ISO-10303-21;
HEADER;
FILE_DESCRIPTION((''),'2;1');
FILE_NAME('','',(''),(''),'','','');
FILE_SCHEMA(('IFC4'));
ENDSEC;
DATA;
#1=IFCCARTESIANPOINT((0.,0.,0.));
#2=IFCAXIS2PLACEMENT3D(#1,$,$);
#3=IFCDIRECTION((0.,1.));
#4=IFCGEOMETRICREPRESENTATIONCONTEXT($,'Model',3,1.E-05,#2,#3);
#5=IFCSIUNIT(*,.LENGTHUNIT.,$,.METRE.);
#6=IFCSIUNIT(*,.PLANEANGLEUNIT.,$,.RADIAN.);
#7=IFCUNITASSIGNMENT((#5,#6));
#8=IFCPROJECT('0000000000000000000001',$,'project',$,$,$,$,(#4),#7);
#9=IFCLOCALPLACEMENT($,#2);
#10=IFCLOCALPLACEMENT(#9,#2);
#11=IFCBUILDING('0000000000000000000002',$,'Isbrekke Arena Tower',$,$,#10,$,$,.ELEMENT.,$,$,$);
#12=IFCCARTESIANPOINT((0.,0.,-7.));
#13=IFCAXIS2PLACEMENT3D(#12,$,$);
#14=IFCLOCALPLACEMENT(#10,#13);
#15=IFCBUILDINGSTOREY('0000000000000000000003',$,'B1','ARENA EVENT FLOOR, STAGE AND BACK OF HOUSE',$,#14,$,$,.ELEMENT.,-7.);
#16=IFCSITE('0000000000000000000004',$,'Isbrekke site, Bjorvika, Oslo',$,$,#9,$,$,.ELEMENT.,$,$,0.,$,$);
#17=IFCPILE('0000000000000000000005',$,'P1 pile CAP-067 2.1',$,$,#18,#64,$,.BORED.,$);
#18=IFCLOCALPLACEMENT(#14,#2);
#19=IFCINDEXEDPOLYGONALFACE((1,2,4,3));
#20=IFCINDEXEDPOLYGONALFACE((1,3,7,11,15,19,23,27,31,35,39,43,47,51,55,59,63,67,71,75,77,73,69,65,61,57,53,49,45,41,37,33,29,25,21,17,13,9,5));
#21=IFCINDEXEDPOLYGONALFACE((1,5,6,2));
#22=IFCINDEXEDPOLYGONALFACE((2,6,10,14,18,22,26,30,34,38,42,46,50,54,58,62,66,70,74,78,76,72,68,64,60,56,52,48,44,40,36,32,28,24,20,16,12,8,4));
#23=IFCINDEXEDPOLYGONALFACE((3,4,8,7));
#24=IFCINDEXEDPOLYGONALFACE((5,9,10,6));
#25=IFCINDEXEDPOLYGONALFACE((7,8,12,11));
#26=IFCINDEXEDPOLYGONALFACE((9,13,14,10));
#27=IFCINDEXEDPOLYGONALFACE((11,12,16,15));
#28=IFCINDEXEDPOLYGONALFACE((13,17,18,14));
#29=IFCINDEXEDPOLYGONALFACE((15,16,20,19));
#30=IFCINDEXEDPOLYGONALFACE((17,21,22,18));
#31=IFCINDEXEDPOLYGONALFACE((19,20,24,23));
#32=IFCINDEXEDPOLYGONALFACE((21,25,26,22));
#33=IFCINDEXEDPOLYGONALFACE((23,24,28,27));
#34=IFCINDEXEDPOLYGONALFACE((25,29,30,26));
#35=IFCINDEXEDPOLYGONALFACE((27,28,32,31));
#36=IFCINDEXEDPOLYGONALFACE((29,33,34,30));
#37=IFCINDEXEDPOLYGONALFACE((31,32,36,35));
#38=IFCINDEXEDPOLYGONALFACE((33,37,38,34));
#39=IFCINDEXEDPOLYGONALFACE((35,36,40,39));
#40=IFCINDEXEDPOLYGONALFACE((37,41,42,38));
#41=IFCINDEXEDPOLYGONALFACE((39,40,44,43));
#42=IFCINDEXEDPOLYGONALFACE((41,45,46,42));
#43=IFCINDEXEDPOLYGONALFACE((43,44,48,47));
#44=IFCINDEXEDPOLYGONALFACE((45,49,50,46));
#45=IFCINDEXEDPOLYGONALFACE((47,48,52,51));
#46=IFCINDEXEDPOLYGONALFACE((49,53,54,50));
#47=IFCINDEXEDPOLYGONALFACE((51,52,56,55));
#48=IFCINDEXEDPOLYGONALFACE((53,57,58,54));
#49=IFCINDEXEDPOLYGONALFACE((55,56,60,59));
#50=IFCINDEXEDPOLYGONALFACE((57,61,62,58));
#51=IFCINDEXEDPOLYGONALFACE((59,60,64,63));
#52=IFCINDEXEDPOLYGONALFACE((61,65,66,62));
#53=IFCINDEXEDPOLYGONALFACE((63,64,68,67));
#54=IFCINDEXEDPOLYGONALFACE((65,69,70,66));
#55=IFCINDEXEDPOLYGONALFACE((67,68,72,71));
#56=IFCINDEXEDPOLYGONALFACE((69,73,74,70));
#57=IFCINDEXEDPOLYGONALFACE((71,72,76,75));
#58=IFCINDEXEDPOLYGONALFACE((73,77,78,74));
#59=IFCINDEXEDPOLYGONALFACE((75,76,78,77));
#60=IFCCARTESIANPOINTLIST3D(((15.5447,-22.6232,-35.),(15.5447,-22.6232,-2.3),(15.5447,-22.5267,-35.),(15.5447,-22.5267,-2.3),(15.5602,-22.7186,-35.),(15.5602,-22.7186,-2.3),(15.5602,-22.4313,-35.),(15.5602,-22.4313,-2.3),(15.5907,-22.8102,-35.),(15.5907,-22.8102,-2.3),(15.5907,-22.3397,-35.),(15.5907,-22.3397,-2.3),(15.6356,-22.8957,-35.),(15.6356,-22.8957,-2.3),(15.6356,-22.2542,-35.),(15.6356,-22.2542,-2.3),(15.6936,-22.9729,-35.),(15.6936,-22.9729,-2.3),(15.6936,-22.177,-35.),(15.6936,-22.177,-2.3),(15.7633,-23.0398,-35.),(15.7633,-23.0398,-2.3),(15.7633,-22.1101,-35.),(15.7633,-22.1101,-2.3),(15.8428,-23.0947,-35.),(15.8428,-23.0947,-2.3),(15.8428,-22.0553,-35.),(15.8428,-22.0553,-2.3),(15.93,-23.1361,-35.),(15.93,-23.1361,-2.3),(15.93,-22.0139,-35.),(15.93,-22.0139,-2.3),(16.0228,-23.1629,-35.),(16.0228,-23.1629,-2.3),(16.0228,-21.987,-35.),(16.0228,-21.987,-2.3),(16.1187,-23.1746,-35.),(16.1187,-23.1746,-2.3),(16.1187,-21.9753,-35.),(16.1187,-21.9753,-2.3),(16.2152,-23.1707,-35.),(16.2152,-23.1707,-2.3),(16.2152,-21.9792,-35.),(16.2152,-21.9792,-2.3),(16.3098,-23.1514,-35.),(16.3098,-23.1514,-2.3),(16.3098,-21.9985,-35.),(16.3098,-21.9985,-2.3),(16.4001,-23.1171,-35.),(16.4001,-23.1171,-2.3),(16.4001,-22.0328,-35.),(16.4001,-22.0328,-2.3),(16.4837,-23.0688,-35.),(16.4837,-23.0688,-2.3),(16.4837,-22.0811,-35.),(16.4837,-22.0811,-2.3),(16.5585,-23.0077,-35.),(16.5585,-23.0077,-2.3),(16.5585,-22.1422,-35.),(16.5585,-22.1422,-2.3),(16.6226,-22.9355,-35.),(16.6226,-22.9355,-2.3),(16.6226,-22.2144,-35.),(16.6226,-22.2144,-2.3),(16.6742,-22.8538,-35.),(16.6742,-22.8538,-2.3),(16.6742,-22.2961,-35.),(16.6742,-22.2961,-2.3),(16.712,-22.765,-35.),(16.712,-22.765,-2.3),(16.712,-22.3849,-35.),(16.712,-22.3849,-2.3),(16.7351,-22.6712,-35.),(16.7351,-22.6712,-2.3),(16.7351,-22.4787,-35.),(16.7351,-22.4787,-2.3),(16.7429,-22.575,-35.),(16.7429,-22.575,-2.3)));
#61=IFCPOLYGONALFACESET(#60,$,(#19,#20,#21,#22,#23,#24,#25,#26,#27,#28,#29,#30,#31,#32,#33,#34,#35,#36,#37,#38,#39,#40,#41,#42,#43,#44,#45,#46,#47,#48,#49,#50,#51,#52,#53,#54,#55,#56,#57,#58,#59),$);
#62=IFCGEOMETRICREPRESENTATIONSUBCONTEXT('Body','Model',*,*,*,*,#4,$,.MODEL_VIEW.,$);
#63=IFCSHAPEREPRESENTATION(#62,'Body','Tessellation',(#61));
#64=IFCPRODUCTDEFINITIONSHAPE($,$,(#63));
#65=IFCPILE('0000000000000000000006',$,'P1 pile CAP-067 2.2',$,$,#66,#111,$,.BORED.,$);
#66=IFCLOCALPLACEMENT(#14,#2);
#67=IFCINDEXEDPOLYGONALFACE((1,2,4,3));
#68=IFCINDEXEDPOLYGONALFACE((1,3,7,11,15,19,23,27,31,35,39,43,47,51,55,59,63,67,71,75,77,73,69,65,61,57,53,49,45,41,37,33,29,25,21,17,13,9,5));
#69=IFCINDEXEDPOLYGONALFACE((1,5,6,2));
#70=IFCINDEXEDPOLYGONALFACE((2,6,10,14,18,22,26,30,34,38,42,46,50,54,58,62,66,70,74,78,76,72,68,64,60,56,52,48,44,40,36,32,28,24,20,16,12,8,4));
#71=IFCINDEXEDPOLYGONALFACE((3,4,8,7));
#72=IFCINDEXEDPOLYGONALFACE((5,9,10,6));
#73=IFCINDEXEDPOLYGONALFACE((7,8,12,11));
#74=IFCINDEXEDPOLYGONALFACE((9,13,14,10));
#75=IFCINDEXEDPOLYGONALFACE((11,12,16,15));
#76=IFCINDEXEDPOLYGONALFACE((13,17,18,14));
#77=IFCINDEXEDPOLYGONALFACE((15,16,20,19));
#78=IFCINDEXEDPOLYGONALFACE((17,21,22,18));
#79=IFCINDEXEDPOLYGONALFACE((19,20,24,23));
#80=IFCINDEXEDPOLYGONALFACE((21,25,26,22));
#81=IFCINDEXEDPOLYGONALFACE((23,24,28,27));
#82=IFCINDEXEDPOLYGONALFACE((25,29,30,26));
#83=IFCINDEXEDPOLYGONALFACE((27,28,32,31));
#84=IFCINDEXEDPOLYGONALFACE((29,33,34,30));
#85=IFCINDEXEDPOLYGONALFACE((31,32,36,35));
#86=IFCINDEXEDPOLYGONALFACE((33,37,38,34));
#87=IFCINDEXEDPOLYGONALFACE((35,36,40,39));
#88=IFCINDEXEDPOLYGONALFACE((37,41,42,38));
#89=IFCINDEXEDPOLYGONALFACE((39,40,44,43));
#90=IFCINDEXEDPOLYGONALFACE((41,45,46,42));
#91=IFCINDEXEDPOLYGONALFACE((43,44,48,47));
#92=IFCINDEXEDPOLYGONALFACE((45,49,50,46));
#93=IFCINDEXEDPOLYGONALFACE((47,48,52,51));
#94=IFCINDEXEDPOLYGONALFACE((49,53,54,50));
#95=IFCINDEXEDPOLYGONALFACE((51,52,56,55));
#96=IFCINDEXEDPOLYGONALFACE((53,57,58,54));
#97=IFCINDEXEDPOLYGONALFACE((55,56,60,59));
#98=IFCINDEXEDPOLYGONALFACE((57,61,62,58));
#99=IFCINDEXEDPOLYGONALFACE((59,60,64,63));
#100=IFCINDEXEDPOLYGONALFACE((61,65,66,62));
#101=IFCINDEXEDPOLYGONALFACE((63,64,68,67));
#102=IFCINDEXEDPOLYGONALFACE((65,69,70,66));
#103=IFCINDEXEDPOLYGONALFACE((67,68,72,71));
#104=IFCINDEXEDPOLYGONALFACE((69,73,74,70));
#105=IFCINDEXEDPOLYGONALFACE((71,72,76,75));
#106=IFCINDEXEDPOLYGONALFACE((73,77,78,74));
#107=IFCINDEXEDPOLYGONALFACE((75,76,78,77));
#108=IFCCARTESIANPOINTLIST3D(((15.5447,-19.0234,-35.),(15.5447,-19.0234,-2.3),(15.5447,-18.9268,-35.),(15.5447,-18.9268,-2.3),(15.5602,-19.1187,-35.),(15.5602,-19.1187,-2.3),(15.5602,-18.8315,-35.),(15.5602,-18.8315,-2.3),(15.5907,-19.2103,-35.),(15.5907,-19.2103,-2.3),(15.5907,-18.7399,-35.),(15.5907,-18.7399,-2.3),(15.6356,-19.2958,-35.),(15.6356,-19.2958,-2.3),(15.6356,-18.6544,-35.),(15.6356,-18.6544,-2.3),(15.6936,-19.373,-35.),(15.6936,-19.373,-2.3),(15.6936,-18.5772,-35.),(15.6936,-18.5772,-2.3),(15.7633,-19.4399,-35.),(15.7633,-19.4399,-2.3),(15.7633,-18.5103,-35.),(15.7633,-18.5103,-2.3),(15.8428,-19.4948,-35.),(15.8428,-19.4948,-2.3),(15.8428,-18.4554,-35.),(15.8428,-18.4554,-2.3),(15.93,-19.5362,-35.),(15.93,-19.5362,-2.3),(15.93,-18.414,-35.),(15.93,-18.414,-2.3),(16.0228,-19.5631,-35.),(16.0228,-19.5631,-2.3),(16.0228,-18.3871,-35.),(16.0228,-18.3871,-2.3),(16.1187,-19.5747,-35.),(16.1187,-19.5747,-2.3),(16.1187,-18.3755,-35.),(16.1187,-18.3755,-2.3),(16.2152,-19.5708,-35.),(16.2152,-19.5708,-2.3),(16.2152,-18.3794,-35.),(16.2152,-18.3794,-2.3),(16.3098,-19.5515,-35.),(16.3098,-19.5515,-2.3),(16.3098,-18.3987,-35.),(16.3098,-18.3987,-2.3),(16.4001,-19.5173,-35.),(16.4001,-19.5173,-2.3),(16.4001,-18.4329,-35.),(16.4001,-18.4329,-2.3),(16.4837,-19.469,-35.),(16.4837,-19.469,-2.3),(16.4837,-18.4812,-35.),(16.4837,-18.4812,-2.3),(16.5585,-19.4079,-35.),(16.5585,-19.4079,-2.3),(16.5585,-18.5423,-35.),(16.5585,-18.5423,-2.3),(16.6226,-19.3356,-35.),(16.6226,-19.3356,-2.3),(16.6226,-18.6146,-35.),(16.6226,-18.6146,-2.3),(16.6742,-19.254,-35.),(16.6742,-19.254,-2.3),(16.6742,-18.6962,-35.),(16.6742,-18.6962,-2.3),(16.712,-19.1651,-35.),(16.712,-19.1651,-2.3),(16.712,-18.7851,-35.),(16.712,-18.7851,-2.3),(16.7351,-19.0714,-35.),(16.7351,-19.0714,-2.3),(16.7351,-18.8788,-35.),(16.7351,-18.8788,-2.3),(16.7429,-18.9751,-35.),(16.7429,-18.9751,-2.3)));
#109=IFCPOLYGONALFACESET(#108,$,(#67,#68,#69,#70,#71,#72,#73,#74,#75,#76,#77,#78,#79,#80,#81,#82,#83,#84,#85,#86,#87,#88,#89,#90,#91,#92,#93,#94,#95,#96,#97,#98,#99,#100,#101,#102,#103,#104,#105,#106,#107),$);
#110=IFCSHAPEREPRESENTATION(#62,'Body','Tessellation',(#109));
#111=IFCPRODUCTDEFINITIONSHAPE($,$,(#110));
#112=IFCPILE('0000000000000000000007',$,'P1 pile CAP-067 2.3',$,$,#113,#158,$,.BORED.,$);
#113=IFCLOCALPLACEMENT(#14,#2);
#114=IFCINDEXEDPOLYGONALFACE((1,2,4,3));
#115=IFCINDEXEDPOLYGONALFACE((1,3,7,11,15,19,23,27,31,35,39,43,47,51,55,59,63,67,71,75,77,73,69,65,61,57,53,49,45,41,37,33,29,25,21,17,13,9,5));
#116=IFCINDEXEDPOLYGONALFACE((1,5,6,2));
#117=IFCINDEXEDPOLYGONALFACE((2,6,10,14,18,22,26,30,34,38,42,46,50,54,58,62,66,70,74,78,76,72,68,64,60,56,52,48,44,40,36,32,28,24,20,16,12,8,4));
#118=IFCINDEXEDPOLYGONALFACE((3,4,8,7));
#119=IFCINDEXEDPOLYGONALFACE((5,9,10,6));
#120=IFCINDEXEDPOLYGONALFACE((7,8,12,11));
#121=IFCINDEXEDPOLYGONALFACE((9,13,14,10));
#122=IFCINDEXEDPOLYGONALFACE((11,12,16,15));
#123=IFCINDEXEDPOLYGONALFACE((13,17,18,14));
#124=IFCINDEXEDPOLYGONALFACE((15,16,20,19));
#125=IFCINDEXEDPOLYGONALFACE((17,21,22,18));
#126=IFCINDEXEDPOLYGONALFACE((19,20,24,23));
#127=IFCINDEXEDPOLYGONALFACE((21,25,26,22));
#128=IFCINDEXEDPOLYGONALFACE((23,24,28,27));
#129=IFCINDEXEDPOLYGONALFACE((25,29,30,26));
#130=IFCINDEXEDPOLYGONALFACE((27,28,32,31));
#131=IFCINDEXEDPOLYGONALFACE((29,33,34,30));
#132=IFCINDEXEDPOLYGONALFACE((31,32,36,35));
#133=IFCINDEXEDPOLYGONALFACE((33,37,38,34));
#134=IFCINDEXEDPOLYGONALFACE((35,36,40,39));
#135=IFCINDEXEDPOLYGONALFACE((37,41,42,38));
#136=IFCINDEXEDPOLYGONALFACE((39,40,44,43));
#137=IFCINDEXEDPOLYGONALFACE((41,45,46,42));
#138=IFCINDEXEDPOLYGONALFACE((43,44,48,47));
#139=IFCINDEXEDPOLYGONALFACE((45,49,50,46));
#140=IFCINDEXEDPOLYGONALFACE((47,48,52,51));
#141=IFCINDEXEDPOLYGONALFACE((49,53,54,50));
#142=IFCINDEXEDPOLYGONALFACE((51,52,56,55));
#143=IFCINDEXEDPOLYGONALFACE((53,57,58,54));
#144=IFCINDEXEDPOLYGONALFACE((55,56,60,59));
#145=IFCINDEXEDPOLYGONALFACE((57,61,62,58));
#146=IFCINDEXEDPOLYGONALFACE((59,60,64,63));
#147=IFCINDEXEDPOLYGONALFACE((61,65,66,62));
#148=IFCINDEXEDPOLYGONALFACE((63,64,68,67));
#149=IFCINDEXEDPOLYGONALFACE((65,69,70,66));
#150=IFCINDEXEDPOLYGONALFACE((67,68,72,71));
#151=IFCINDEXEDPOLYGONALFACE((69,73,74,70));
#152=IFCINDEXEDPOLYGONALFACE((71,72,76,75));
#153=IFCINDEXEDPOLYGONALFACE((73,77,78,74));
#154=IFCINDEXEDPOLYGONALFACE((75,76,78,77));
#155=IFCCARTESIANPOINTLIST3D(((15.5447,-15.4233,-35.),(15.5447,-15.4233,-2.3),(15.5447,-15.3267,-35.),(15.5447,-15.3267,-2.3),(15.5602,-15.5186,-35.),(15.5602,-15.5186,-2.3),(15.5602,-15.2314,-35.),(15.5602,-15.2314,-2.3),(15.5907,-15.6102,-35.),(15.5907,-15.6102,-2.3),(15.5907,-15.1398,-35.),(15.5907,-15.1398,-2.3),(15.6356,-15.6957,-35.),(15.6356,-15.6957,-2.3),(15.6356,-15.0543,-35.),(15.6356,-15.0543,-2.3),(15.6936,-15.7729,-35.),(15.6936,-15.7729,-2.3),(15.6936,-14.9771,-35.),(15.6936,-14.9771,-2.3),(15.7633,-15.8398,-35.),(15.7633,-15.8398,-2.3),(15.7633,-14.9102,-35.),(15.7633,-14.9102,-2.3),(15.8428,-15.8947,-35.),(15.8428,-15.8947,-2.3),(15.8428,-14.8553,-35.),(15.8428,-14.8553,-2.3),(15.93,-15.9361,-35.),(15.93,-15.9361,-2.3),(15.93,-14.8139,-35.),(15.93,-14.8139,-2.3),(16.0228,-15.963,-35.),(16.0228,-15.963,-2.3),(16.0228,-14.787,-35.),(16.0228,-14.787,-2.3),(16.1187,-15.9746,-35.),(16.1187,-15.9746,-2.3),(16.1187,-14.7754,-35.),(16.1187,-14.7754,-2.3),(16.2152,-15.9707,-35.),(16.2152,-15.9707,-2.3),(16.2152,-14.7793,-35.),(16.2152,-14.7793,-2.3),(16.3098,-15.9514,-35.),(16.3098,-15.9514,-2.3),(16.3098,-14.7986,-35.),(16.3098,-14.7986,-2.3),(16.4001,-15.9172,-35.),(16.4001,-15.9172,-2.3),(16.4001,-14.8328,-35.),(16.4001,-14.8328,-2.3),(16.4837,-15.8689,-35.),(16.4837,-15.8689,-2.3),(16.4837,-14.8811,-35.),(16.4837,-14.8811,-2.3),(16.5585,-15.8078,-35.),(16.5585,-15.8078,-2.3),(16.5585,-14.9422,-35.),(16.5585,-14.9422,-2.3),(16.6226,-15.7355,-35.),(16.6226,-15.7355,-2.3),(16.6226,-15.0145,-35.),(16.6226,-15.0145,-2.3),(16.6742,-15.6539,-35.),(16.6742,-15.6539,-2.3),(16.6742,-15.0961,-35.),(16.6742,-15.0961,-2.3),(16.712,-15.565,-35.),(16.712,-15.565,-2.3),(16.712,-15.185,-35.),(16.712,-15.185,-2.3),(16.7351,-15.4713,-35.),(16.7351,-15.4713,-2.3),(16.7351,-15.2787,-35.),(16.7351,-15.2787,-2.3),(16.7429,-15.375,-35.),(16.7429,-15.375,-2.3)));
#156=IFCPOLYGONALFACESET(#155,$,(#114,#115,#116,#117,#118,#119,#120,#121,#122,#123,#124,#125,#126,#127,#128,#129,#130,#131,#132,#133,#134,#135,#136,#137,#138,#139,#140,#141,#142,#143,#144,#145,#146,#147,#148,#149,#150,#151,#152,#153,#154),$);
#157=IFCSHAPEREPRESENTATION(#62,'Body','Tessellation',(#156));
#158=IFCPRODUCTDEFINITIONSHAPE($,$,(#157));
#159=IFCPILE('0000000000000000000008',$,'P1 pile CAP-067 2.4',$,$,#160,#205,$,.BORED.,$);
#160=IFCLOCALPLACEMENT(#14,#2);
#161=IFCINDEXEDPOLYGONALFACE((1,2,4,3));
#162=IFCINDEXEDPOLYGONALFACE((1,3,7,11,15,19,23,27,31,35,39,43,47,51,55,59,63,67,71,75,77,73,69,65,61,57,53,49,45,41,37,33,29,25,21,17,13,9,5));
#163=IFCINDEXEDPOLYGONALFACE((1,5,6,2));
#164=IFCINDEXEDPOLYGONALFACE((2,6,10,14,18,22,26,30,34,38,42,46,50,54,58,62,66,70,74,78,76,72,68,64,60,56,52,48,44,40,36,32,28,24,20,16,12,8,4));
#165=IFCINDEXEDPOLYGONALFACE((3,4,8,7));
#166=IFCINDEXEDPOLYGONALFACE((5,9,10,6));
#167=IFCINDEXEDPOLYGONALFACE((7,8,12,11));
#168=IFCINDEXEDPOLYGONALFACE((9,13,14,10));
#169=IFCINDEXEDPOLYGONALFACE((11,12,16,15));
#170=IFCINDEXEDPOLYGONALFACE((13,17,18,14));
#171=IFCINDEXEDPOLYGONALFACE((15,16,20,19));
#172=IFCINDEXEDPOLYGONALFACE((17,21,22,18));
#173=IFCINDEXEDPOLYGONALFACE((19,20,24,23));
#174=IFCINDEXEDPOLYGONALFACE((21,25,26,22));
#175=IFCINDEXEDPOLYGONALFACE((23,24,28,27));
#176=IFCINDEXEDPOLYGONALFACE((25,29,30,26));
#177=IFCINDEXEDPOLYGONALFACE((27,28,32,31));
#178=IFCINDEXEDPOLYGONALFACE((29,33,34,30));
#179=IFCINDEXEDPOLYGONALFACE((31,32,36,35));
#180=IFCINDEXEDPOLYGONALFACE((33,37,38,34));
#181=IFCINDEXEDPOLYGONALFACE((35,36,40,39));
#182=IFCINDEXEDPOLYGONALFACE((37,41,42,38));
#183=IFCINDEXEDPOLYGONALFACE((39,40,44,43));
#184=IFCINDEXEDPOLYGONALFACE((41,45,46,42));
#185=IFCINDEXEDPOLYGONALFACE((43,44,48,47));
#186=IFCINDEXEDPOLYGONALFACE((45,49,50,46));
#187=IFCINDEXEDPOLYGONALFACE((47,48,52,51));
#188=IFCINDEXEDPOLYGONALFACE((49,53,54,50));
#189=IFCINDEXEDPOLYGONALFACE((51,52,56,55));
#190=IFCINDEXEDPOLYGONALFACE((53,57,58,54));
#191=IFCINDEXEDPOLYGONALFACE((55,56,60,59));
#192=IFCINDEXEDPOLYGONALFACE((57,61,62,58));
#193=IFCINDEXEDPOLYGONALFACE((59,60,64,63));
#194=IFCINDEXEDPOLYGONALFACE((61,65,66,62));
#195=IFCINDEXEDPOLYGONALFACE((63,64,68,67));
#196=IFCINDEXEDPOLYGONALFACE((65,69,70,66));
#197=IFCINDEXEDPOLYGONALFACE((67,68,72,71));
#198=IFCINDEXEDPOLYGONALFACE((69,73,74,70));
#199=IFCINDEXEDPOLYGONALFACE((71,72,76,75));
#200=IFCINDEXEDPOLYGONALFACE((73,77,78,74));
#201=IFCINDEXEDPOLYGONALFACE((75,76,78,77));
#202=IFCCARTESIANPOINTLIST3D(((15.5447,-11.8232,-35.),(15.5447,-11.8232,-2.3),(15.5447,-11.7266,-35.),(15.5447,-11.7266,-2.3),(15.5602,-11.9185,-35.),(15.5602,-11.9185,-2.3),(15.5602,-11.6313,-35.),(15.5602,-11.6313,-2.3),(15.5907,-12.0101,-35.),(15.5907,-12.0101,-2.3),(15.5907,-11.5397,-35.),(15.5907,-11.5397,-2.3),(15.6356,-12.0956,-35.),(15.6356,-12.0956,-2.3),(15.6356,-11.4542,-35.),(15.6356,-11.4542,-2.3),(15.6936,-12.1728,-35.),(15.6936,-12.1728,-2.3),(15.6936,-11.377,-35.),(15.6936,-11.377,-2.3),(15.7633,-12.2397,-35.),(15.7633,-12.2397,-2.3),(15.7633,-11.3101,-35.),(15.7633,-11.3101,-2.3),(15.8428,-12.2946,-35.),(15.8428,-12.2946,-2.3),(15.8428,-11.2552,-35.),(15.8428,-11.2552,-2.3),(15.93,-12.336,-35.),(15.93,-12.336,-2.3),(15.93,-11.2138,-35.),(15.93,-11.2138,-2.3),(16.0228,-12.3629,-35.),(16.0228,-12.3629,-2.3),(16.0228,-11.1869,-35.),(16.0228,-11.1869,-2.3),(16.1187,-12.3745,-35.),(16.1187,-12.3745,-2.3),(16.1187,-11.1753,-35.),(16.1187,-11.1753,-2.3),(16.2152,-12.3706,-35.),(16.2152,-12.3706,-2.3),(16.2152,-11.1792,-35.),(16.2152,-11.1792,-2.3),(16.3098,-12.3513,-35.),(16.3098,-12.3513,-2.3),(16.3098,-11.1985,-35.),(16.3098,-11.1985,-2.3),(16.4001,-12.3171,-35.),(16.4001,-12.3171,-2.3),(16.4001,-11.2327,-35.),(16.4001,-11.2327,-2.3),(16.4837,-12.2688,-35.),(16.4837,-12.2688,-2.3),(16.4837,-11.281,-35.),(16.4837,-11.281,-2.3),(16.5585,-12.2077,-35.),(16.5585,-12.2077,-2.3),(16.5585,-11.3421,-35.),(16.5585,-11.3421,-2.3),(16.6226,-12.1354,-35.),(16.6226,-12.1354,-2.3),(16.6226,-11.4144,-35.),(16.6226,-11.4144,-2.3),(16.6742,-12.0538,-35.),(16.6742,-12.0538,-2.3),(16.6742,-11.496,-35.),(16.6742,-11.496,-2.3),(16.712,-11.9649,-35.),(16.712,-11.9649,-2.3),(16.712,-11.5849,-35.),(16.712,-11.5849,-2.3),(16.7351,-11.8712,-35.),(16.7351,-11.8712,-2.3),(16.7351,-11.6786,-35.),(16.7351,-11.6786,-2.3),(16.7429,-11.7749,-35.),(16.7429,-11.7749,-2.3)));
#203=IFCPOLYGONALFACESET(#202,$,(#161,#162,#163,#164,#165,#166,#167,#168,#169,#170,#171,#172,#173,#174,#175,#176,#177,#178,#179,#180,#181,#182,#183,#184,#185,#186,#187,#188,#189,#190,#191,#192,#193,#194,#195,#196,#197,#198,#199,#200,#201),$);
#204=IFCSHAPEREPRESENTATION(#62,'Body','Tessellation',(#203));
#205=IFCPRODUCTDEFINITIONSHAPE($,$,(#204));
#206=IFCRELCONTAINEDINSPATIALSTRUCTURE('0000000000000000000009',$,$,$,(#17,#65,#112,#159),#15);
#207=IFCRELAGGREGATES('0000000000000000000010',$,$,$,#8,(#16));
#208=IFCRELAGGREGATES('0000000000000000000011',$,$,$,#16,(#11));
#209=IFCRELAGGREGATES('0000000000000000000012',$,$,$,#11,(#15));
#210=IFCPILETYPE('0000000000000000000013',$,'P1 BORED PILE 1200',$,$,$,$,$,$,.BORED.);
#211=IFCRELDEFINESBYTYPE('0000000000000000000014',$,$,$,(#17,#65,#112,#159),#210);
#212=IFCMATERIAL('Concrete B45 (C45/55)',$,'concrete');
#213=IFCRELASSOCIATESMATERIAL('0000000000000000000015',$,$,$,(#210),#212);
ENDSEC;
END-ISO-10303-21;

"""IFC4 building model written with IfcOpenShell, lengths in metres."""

from ifc_helpers import new_model, si_unit, direction, frame, origin, origin_2d, place, context, subcontext, project, spatial, circle, extrude, material, material_profile, profile_set, type_object, element, save


model = new_model("IFC4")

# Units and contexts
model_context = context("Model", 3, precision=1e-05, world=origin(), true_north=direction((0.0, 1.0)))
body_context = subcontext(model_context, "Body", "Model", "MODEL_VIEW")
ifc_project = project(units=[si_unit("LENGTHUNIT", "METRE"), si_unit("PLANEANGLEUNIT", "RADIAN")], contexts=[model_context])

# Site, building, storey
site_placement = place(None, origin())
site = spatial("IfcSite", under=ifc_project, at=site_placement, Name="Isbrekke site, Bjorvika, Oslo", CompositionType="ELEMENT", RefElevation=0.0)
building_placement = place(site_placement, origin())
building = spatial("IfcBuilding", under=site, at=building_placement, Name="Isbrekke Arena Tower", CompositionType="ELEMENT")
storey_placement = place(building_placement, frame((0.0, 0.0, -7.0)))
storey = spatial("IfcBuildingStorey", under=building, at=storey_placement, Name="B1", Description="ARENA EVENT FLOOR, STAGE AND BACK OF HOUSE", CompositionType="ELEMENT", Elevation=-7.0)

# Piles
ifc_material_1 = material(Name="Concrete B45 (C45/55)", Category="concrete")
ifc_material_profile_1 = material_profile(ifc_material_1, circle(Radius=0.6001, at=origin_2d()), Name="BORED PILE D1200")
ifc_profile_set_1 = profile_set([ifc_material_profile_1], Name="Concrete B45 (C45/55)")
pile_type = type_object("IfcPileType", Name="P1 BORED PILE 1200", PredefinedType="BORED", material=ifc_profile_set_1)
for number, where, z_axis, x_axis, name in (
    (1, (16.1428, -22.575, -2.3), (0.0, 0.0, -1.0), (1.0, 0.0, 0.0), "P1 pile CAP-067 2.1"),
    (2, (16.1428, -18.9751, -2.3), (0.0, 0.0, -1.0), (1.0, 0.0, 0.0), "P1 pile CAP-067 2.2"),
    (3, (16.1428, -15.375, -2.3), (0.0, 0.0, -1.0), (1.0, 0.0, 0.0), "P1 pile CAP-067 2.3"),
    (4, (16.1428, -11.7749, -2.3), (0.0, 0.0, -1.0), (1.0, 0.0, 0.0), "P1 pile CAP-067 2.4"),
):
    element("IfcPile", number, at=place(storey_placement, frame(where, z_axis=z_axis, x_axis=x_axis)), inside=storey, type_object=pile_type, Name=name, PredefinedType="BORED", context=body_context, shape_type="SweptSolid", body=[
        extrude(circle(Radius=0.6001, at=origin_2d()), origin(), (0.0, 0.0, 1.0), 32.7),
    ])

save(model, "model.ifc")
